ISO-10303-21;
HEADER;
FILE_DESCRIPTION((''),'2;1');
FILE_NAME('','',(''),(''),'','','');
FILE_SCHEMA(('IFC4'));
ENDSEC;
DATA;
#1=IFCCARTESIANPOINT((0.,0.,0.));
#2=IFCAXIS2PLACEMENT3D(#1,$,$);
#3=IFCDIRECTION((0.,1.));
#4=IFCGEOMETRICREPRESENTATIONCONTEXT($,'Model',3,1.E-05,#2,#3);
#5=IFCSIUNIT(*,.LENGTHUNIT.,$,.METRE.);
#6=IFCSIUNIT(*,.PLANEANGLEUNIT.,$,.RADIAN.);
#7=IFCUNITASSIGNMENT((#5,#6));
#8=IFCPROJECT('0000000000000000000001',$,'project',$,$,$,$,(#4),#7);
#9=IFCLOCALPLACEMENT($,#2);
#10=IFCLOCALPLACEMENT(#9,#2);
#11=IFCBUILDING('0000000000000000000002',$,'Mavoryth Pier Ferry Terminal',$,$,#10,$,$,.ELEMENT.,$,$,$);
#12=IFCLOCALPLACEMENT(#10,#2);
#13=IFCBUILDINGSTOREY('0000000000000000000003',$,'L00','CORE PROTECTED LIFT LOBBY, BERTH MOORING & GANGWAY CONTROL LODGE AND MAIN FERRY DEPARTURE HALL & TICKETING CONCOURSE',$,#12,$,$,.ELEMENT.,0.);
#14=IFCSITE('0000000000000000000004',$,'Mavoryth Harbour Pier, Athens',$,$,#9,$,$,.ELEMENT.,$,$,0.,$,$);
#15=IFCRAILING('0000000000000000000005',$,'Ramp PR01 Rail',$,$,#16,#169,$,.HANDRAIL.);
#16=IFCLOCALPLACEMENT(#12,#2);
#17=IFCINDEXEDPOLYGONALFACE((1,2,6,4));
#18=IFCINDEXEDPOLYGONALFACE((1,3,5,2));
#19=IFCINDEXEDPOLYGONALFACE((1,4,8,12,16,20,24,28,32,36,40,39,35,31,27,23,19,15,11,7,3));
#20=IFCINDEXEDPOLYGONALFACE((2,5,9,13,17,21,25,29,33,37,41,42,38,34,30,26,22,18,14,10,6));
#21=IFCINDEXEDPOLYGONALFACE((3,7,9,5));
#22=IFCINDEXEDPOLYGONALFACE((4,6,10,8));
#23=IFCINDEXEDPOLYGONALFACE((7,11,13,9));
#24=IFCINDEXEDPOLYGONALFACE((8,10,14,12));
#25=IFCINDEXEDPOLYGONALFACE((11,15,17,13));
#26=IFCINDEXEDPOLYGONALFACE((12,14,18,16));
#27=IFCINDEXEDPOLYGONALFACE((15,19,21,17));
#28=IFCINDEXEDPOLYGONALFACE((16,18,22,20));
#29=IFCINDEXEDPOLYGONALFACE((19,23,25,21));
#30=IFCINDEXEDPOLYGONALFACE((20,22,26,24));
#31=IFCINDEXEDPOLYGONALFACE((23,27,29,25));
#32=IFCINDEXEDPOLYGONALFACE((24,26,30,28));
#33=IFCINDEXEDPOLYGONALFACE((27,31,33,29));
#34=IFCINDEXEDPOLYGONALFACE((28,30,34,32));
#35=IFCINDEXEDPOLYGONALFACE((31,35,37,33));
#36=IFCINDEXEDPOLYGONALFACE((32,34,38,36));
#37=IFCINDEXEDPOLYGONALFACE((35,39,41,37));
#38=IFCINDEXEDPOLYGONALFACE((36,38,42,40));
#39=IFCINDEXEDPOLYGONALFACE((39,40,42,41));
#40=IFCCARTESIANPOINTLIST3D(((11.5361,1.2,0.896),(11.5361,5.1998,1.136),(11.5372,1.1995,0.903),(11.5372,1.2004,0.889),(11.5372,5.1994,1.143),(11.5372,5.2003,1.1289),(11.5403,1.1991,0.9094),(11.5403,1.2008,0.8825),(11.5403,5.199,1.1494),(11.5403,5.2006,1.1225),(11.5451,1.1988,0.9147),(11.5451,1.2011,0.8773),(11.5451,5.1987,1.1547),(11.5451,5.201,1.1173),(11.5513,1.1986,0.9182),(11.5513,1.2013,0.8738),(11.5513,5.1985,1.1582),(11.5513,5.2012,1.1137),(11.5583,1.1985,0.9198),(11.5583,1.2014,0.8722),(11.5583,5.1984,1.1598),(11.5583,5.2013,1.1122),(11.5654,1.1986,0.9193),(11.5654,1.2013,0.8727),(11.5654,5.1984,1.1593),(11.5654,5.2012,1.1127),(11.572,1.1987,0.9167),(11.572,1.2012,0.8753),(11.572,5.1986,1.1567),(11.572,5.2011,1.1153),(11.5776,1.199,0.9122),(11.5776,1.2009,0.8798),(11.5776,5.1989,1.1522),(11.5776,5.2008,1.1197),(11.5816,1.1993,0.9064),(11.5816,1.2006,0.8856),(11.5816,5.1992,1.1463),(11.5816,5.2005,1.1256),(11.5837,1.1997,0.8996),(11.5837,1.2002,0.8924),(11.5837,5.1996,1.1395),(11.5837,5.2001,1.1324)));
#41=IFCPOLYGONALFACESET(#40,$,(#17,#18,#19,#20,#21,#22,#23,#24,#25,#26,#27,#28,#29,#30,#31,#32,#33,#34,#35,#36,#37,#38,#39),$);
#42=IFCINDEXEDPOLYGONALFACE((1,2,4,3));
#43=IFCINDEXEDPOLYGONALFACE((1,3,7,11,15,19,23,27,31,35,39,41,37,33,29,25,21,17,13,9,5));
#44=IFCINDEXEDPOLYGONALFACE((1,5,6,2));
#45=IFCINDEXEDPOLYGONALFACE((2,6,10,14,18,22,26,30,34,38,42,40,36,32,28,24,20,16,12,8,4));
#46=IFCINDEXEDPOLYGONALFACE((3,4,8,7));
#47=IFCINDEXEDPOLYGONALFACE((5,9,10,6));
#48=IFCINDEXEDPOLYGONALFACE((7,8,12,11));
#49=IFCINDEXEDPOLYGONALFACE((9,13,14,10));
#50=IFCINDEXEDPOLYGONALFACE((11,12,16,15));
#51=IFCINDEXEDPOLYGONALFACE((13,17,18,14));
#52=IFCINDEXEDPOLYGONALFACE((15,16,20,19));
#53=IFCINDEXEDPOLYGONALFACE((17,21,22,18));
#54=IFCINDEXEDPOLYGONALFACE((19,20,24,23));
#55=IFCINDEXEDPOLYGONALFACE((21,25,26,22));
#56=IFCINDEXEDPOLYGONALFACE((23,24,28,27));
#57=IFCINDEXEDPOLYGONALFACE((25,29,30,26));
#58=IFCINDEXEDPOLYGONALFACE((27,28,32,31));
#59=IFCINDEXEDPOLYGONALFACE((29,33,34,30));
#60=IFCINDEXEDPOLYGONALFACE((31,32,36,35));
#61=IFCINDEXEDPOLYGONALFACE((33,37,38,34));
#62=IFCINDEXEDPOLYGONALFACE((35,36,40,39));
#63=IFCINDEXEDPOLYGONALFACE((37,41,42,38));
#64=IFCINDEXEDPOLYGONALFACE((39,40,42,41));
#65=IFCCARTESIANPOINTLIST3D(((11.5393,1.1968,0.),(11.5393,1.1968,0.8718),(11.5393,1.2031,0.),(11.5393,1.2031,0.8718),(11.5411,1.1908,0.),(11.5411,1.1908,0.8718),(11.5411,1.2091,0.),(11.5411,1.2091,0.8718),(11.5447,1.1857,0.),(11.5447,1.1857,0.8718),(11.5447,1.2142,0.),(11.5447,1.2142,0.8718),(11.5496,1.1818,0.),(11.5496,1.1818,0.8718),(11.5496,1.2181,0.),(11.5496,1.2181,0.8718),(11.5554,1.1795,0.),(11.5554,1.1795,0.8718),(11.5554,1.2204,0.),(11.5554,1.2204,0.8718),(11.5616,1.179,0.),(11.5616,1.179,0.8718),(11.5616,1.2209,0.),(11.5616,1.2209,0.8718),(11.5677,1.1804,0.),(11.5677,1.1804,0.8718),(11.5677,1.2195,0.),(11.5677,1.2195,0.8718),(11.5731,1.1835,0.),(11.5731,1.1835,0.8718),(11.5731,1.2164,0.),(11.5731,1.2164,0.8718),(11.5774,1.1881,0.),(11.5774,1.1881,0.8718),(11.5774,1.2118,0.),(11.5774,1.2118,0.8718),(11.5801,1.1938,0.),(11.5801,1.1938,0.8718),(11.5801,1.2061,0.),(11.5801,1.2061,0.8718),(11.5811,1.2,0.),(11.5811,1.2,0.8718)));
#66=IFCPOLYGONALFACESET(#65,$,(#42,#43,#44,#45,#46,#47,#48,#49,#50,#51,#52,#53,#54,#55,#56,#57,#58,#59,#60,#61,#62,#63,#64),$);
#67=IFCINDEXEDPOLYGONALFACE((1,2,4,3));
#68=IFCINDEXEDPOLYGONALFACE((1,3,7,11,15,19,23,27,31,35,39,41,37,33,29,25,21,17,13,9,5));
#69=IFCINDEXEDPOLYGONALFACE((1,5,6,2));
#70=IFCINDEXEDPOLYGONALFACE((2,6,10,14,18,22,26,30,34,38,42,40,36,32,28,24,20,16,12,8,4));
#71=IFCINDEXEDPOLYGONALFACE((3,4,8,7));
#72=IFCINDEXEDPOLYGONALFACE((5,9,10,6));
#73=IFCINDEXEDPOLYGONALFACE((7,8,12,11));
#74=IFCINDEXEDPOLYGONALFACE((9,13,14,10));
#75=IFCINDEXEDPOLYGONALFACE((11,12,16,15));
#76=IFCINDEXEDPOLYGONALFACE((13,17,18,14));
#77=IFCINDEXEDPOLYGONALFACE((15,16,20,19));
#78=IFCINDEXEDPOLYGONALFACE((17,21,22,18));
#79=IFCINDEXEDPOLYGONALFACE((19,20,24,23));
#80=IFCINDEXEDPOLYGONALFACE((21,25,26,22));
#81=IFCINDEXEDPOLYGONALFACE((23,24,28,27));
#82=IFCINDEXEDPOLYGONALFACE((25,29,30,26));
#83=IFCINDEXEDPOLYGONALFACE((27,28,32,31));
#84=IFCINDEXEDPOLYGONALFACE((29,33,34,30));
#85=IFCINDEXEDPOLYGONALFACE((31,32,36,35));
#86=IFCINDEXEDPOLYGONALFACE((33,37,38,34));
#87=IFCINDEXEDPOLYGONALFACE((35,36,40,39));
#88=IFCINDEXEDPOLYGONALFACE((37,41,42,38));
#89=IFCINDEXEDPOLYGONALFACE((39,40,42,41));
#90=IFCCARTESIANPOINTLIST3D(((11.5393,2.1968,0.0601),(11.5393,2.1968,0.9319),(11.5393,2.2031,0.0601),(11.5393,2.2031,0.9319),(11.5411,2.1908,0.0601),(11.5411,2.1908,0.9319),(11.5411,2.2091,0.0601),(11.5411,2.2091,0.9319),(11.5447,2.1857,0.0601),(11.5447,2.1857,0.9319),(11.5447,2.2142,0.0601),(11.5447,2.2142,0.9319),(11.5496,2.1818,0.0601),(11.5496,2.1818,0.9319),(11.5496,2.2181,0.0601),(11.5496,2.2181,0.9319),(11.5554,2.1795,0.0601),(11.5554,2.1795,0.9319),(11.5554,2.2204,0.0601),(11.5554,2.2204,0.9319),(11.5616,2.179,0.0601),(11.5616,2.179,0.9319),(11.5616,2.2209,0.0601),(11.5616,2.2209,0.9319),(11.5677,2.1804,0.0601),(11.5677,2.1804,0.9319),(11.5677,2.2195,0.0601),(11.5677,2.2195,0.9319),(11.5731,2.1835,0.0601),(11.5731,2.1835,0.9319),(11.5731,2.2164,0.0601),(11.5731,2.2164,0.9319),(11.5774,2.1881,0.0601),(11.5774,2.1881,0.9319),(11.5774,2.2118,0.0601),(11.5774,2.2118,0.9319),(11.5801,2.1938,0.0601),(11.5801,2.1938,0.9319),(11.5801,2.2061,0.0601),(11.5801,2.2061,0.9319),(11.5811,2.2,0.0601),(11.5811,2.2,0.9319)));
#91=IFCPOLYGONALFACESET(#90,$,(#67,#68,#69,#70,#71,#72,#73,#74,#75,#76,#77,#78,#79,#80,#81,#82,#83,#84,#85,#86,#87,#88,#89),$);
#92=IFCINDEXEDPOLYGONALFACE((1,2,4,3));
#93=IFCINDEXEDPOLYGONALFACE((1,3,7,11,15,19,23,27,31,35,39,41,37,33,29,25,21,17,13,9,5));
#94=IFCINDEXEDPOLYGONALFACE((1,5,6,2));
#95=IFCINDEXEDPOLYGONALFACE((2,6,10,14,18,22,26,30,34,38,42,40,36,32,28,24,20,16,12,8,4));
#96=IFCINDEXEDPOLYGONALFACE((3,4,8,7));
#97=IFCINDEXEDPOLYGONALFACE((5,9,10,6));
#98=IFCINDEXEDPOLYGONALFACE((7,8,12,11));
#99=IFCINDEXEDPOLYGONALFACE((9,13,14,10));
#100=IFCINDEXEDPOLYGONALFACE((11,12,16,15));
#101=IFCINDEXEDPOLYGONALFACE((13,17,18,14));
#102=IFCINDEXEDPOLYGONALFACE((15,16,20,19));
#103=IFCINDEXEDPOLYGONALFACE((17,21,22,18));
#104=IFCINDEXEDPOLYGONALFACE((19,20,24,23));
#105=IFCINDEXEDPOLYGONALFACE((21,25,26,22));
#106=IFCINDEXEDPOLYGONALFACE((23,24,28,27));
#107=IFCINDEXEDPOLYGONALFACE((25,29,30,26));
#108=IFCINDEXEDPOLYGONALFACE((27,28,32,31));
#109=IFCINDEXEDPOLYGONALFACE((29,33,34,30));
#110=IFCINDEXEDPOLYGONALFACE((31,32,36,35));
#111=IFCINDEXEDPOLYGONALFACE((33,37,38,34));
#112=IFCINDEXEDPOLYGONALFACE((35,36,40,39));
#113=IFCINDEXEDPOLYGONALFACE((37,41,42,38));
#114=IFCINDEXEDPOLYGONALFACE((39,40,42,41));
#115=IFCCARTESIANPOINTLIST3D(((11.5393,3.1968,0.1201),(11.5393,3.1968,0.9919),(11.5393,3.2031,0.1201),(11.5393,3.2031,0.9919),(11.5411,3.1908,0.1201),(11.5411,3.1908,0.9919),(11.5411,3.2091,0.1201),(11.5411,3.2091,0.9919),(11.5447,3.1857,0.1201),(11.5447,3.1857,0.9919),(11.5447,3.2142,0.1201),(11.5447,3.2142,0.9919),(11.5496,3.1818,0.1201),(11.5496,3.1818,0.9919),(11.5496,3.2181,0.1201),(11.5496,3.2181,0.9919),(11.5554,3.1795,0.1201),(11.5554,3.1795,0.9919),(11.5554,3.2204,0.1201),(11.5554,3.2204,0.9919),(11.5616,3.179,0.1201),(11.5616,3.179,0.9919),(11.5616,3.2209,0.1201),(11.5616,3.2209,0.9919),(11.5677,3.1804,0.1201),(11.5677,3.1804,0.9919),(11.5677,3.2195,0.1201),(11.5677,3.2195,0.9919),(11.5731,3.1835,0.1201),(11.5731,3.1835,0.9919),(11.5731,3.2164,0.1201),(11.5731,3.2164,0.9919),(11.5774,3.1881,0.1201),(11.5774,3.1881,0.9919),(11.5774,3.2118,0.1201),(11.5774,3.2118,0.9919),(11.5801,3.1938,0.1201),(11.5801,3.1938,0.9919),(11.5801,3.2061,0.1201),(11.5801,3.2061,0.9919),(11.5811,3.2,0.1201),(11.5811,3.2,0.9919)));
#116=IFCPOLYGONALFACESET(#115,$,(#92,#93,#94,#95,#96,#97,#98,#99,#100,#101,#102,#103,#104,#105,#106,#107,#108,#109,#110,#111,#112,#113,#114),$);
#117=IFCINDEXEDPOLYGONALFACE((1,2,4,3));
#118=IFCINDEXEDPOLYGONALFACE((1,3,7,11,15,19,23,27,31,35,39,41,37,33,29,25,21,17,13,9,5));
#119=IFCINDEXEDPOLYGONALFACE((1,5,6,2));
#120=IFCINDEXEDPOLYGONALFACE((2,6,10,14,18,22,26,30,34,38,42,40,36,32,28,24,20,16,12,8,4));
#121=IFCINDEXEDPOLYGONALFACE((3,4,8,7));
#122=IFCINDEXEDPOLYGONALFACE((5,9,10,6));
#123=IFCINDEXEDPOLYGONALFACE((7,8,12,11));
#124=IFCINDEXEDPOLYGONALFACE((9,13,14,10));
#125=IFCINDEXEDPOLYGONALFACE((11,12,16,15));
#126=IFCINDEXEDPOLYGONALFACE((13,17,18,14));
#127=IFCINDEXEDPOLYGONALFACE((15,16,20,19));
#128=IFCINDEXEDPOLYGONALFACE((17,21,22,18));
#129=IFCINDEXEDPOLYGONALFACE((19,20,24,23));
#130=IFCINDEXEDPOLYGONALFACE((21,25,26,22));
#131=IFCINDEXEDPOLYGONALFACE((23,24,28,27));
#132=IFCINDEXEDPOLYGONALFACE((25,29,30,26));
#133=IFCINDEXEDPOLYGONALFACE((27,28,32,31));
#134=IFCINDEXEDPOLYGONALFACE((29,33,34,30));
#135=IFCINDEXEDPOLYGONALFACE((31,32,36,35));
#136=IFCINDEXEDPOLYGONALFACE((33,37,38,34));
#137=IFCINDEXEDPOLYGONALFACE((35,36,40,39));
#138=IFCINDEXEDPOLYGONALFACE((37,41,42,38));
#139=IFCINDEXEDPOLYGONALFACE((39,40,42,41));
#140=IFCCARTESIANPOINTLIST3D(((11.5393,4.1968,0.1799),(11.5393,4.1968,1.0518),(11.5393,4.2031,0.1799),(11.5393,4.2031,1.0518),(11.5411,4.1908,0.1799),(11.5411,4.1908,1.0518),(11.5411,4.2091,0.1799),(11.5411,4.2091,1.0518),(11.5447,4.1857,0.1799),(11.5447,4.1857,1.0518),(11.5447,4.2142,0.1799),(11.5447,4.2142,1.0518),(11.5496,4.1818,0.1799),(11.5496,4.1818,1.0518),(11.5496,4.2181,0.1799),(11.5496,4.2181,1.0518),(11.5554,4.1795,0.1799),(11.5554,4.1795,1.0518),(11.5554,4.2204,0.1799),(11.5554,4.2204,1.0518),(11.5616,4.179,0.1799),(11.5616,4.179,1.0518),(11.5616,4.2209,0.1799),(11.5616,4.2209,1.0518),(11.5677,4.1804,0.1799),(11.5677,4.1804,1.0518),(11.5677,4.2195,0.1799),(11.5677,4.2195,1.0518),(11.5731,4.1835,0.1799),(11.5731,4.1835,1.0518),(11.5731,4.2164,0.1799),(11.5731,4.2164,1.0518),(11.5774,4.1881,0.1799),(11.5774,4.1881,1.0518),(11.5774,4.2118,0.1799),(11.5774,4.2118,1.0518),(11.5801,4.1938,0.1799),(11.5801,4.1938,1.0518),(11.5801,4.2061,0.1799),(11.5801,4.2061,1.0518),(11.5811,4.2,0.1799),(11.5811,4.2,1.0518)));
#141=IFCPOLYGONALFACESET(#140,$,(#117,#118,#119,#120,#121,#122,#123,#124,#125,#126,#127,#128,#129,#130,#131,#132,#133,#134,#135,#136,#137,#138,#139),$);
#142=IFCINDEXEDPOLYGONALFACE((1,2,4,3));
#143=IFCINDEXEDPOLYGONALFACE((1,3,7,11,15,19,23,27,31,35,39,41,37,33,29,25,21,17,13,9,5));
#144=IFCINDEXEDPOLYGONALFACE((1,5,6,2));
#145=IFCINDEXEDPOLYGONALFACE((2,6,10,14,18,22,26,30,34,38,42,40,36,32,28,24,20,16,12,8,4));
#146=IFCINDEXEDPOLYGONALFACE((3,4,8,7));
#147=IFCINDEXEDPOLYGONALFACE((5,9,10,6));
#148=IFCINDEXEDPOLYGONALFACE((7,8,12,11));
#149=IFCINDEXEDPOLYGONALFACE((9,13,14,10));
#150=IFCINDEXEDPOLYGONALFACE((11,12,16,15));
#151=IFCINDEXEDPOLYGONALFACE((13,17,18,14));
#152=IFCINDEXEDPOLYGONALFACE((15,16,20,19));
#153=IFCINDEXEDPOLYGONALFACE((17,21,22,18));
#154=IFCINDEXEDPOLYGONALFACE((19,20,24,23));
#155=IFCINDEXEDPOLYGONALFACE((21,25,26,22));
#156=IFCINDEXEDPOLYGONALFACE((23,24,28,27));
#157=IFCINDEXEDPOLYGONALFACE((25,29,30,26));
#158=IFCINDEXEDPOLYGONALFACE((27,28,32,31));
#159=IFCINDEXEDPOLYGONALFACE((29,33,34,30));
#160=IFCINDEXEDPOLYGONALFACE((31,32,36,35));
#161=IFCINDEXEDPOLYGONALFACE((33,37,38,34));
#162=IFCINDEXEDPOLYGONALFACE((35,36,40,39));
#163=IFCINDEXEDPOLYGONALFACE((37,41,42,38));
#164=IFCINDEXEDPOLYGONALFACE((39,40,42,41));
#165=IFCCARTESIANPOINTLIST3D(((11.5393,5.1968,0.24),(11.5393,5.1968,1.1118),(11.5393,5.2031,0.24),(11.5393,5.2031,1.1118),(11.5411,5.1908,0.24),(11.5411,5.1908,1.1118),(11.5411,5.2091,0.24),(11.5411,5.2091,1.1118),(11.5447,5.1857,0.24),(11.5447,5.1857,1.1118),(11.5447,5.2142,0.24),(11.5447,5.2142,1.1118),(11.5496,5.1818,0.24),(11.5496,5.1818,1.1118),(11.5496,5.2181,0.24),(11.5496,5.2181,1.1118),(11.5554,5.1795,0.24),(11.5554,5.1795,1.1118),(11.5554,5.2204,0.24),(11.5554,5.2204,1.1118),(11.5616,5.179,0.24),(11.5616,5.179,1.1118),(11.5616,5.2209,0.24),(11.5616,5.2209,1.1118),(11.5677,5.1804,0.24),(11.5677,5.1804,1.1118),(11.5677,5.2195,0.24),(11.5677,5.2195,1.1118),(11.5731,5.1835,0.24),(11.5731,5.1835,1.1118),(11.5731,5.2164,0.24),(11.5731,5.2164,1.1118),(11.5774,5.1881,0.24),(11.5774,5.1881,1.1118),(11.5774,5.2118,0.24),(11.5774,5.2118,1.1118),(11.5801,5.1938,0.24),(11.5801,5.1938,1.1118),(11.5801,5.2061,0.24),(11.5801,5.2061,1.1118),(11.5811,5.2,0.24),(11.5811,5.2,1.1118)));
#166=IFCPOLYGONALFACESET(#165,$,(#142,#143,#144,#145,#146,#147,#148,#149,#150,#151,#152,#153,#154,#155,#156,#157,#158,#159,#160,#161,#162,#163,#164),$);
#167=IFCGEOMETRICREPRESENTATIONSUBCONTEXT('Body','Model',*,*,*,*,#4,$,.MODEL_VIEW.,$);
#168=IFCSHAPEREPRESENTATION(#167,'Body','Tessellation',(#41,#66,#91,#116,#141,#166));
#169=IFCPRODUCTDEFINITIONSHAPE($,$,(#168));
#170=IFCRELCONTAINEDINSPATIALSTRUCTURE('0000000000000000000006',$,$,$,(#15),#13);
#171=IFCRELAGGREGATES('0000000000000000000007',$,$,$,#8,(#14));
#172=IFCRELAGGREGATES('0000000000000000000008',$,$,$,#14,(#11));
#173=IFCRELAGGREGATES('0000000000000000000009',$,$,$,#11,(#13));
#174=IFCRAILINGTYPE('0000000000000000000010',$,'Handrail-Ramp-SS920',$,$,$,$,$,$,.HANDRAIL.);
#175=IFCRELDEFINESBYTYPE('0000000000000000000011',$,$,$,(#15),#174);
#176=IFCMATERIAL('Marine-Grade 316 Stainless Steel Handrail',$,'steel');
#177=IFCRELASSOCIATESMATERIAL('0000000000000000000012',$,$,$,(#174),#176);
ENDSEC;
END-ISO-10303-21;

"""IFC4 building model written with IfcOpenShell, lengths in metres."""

from ifc_helpers import new_model, si_unit, direction, frame, origin, origin_2d, place, context, subcontext, project, spatial, circle, extrude, material, type_object, element, save


model = new_model("IFC4")

# Units and contexts
model_context = context("Model", 3, precision=1e-05, world=origin(), true_north=direction((0.0, 1.0)))
body_context = subcontext(model_context, "Body", "Model", "MODEL_VIEW")
ifc_project = project(units=[si_unit("LENGTHUNIT", "METRE"), si_unit("PLANEANGLEUNIT", "RADIAN")], contexts=[model_context])

# Site, building, storey
site_placement = place(None, origin())
site = spatial("IfcSite", under=ifc_project, at=site_placement, Name="Mavoryth Harbour Pier, Athens", CompositionType="ELEMENT", RefElevation=0.0)
building_placement = place(site_placement, origin())
building = spatial("IfcBuilding", under=site, at=building_placement, Name="Mavoryth Pier Ferry Terminal", CompositionType="ELEMENT")
storey_placement = place(building_placement, origin())
storey = spatial("IfcBuildingStorey", under=building, at=storey_placement, Name="L00", Description="CORE PROTECTED LIFT LOBBY, BERTH MOORING & GANGWAY CONTROL LODGE AND MAIN FERRY DEPARTURE HALL & TICKETING CONCOURSE", CompositionType="ELEMENT", Elevation=0.0)

# Railing
ifc_material_1 = material(Name="Marine-Grade 316 Stainless Steel Handrail", Category="steel")
railing_type = type_object("IfcRailingType", Name="Handrail-Ramp-SS920", PredefinedType="HANDRAIL", material=ifc_material_1)
for number, where, name in (
    (1, (11.5601, 1.2, 0.0), "Ramp PR01 Rail"),
):
    element("IfcRailing", number, at=place(storey_placement, frame(where)), inside=storey, type_object=railing_type, Name=name, PredefinedType="HANDRAIL", context=body_context, shape_type="SweptSolid", body=[
        extrude(circle(Radius=0.0239, at=origin_2d()), frame((0.0, 0.0, 0.896), z_axis=(0.0, 0.998205, 0.05989), x_axis=(-1.0, 0.0, 0.0)), (0.0, 0.0, 1.0), 4.0071),
        extrude(circle(Radius=0.021, at=origin_2d()), origin(), (0.0, 0.0, 1.0), 0.8718),
        extrude(circle(Radius=0.021, at=origin_2d()), frame((0.0, 1.0, 0.0601)), (0.0, 0.0, 1.0), 0.8718),
        extrude(circle(Radius=0.021, at=origin_2d()), frame((0.0, 2.0, 0.1201)), (0.0, 0.0, 1.0), 0.8718),
        extrude(circle(Radius=0.021, at=origin_2d()), frame((0.0, 3.0, 0.1799)), (0.0, 0.0, 1.0), 0.8718),
        extrude(circle(Radius=0.021, at=origin_2d()), frame((0.0, 4.0, 0.24)), (0.0, 0.0, 1.0), 0.8718),
    ])

save(model, "model.ifc")
